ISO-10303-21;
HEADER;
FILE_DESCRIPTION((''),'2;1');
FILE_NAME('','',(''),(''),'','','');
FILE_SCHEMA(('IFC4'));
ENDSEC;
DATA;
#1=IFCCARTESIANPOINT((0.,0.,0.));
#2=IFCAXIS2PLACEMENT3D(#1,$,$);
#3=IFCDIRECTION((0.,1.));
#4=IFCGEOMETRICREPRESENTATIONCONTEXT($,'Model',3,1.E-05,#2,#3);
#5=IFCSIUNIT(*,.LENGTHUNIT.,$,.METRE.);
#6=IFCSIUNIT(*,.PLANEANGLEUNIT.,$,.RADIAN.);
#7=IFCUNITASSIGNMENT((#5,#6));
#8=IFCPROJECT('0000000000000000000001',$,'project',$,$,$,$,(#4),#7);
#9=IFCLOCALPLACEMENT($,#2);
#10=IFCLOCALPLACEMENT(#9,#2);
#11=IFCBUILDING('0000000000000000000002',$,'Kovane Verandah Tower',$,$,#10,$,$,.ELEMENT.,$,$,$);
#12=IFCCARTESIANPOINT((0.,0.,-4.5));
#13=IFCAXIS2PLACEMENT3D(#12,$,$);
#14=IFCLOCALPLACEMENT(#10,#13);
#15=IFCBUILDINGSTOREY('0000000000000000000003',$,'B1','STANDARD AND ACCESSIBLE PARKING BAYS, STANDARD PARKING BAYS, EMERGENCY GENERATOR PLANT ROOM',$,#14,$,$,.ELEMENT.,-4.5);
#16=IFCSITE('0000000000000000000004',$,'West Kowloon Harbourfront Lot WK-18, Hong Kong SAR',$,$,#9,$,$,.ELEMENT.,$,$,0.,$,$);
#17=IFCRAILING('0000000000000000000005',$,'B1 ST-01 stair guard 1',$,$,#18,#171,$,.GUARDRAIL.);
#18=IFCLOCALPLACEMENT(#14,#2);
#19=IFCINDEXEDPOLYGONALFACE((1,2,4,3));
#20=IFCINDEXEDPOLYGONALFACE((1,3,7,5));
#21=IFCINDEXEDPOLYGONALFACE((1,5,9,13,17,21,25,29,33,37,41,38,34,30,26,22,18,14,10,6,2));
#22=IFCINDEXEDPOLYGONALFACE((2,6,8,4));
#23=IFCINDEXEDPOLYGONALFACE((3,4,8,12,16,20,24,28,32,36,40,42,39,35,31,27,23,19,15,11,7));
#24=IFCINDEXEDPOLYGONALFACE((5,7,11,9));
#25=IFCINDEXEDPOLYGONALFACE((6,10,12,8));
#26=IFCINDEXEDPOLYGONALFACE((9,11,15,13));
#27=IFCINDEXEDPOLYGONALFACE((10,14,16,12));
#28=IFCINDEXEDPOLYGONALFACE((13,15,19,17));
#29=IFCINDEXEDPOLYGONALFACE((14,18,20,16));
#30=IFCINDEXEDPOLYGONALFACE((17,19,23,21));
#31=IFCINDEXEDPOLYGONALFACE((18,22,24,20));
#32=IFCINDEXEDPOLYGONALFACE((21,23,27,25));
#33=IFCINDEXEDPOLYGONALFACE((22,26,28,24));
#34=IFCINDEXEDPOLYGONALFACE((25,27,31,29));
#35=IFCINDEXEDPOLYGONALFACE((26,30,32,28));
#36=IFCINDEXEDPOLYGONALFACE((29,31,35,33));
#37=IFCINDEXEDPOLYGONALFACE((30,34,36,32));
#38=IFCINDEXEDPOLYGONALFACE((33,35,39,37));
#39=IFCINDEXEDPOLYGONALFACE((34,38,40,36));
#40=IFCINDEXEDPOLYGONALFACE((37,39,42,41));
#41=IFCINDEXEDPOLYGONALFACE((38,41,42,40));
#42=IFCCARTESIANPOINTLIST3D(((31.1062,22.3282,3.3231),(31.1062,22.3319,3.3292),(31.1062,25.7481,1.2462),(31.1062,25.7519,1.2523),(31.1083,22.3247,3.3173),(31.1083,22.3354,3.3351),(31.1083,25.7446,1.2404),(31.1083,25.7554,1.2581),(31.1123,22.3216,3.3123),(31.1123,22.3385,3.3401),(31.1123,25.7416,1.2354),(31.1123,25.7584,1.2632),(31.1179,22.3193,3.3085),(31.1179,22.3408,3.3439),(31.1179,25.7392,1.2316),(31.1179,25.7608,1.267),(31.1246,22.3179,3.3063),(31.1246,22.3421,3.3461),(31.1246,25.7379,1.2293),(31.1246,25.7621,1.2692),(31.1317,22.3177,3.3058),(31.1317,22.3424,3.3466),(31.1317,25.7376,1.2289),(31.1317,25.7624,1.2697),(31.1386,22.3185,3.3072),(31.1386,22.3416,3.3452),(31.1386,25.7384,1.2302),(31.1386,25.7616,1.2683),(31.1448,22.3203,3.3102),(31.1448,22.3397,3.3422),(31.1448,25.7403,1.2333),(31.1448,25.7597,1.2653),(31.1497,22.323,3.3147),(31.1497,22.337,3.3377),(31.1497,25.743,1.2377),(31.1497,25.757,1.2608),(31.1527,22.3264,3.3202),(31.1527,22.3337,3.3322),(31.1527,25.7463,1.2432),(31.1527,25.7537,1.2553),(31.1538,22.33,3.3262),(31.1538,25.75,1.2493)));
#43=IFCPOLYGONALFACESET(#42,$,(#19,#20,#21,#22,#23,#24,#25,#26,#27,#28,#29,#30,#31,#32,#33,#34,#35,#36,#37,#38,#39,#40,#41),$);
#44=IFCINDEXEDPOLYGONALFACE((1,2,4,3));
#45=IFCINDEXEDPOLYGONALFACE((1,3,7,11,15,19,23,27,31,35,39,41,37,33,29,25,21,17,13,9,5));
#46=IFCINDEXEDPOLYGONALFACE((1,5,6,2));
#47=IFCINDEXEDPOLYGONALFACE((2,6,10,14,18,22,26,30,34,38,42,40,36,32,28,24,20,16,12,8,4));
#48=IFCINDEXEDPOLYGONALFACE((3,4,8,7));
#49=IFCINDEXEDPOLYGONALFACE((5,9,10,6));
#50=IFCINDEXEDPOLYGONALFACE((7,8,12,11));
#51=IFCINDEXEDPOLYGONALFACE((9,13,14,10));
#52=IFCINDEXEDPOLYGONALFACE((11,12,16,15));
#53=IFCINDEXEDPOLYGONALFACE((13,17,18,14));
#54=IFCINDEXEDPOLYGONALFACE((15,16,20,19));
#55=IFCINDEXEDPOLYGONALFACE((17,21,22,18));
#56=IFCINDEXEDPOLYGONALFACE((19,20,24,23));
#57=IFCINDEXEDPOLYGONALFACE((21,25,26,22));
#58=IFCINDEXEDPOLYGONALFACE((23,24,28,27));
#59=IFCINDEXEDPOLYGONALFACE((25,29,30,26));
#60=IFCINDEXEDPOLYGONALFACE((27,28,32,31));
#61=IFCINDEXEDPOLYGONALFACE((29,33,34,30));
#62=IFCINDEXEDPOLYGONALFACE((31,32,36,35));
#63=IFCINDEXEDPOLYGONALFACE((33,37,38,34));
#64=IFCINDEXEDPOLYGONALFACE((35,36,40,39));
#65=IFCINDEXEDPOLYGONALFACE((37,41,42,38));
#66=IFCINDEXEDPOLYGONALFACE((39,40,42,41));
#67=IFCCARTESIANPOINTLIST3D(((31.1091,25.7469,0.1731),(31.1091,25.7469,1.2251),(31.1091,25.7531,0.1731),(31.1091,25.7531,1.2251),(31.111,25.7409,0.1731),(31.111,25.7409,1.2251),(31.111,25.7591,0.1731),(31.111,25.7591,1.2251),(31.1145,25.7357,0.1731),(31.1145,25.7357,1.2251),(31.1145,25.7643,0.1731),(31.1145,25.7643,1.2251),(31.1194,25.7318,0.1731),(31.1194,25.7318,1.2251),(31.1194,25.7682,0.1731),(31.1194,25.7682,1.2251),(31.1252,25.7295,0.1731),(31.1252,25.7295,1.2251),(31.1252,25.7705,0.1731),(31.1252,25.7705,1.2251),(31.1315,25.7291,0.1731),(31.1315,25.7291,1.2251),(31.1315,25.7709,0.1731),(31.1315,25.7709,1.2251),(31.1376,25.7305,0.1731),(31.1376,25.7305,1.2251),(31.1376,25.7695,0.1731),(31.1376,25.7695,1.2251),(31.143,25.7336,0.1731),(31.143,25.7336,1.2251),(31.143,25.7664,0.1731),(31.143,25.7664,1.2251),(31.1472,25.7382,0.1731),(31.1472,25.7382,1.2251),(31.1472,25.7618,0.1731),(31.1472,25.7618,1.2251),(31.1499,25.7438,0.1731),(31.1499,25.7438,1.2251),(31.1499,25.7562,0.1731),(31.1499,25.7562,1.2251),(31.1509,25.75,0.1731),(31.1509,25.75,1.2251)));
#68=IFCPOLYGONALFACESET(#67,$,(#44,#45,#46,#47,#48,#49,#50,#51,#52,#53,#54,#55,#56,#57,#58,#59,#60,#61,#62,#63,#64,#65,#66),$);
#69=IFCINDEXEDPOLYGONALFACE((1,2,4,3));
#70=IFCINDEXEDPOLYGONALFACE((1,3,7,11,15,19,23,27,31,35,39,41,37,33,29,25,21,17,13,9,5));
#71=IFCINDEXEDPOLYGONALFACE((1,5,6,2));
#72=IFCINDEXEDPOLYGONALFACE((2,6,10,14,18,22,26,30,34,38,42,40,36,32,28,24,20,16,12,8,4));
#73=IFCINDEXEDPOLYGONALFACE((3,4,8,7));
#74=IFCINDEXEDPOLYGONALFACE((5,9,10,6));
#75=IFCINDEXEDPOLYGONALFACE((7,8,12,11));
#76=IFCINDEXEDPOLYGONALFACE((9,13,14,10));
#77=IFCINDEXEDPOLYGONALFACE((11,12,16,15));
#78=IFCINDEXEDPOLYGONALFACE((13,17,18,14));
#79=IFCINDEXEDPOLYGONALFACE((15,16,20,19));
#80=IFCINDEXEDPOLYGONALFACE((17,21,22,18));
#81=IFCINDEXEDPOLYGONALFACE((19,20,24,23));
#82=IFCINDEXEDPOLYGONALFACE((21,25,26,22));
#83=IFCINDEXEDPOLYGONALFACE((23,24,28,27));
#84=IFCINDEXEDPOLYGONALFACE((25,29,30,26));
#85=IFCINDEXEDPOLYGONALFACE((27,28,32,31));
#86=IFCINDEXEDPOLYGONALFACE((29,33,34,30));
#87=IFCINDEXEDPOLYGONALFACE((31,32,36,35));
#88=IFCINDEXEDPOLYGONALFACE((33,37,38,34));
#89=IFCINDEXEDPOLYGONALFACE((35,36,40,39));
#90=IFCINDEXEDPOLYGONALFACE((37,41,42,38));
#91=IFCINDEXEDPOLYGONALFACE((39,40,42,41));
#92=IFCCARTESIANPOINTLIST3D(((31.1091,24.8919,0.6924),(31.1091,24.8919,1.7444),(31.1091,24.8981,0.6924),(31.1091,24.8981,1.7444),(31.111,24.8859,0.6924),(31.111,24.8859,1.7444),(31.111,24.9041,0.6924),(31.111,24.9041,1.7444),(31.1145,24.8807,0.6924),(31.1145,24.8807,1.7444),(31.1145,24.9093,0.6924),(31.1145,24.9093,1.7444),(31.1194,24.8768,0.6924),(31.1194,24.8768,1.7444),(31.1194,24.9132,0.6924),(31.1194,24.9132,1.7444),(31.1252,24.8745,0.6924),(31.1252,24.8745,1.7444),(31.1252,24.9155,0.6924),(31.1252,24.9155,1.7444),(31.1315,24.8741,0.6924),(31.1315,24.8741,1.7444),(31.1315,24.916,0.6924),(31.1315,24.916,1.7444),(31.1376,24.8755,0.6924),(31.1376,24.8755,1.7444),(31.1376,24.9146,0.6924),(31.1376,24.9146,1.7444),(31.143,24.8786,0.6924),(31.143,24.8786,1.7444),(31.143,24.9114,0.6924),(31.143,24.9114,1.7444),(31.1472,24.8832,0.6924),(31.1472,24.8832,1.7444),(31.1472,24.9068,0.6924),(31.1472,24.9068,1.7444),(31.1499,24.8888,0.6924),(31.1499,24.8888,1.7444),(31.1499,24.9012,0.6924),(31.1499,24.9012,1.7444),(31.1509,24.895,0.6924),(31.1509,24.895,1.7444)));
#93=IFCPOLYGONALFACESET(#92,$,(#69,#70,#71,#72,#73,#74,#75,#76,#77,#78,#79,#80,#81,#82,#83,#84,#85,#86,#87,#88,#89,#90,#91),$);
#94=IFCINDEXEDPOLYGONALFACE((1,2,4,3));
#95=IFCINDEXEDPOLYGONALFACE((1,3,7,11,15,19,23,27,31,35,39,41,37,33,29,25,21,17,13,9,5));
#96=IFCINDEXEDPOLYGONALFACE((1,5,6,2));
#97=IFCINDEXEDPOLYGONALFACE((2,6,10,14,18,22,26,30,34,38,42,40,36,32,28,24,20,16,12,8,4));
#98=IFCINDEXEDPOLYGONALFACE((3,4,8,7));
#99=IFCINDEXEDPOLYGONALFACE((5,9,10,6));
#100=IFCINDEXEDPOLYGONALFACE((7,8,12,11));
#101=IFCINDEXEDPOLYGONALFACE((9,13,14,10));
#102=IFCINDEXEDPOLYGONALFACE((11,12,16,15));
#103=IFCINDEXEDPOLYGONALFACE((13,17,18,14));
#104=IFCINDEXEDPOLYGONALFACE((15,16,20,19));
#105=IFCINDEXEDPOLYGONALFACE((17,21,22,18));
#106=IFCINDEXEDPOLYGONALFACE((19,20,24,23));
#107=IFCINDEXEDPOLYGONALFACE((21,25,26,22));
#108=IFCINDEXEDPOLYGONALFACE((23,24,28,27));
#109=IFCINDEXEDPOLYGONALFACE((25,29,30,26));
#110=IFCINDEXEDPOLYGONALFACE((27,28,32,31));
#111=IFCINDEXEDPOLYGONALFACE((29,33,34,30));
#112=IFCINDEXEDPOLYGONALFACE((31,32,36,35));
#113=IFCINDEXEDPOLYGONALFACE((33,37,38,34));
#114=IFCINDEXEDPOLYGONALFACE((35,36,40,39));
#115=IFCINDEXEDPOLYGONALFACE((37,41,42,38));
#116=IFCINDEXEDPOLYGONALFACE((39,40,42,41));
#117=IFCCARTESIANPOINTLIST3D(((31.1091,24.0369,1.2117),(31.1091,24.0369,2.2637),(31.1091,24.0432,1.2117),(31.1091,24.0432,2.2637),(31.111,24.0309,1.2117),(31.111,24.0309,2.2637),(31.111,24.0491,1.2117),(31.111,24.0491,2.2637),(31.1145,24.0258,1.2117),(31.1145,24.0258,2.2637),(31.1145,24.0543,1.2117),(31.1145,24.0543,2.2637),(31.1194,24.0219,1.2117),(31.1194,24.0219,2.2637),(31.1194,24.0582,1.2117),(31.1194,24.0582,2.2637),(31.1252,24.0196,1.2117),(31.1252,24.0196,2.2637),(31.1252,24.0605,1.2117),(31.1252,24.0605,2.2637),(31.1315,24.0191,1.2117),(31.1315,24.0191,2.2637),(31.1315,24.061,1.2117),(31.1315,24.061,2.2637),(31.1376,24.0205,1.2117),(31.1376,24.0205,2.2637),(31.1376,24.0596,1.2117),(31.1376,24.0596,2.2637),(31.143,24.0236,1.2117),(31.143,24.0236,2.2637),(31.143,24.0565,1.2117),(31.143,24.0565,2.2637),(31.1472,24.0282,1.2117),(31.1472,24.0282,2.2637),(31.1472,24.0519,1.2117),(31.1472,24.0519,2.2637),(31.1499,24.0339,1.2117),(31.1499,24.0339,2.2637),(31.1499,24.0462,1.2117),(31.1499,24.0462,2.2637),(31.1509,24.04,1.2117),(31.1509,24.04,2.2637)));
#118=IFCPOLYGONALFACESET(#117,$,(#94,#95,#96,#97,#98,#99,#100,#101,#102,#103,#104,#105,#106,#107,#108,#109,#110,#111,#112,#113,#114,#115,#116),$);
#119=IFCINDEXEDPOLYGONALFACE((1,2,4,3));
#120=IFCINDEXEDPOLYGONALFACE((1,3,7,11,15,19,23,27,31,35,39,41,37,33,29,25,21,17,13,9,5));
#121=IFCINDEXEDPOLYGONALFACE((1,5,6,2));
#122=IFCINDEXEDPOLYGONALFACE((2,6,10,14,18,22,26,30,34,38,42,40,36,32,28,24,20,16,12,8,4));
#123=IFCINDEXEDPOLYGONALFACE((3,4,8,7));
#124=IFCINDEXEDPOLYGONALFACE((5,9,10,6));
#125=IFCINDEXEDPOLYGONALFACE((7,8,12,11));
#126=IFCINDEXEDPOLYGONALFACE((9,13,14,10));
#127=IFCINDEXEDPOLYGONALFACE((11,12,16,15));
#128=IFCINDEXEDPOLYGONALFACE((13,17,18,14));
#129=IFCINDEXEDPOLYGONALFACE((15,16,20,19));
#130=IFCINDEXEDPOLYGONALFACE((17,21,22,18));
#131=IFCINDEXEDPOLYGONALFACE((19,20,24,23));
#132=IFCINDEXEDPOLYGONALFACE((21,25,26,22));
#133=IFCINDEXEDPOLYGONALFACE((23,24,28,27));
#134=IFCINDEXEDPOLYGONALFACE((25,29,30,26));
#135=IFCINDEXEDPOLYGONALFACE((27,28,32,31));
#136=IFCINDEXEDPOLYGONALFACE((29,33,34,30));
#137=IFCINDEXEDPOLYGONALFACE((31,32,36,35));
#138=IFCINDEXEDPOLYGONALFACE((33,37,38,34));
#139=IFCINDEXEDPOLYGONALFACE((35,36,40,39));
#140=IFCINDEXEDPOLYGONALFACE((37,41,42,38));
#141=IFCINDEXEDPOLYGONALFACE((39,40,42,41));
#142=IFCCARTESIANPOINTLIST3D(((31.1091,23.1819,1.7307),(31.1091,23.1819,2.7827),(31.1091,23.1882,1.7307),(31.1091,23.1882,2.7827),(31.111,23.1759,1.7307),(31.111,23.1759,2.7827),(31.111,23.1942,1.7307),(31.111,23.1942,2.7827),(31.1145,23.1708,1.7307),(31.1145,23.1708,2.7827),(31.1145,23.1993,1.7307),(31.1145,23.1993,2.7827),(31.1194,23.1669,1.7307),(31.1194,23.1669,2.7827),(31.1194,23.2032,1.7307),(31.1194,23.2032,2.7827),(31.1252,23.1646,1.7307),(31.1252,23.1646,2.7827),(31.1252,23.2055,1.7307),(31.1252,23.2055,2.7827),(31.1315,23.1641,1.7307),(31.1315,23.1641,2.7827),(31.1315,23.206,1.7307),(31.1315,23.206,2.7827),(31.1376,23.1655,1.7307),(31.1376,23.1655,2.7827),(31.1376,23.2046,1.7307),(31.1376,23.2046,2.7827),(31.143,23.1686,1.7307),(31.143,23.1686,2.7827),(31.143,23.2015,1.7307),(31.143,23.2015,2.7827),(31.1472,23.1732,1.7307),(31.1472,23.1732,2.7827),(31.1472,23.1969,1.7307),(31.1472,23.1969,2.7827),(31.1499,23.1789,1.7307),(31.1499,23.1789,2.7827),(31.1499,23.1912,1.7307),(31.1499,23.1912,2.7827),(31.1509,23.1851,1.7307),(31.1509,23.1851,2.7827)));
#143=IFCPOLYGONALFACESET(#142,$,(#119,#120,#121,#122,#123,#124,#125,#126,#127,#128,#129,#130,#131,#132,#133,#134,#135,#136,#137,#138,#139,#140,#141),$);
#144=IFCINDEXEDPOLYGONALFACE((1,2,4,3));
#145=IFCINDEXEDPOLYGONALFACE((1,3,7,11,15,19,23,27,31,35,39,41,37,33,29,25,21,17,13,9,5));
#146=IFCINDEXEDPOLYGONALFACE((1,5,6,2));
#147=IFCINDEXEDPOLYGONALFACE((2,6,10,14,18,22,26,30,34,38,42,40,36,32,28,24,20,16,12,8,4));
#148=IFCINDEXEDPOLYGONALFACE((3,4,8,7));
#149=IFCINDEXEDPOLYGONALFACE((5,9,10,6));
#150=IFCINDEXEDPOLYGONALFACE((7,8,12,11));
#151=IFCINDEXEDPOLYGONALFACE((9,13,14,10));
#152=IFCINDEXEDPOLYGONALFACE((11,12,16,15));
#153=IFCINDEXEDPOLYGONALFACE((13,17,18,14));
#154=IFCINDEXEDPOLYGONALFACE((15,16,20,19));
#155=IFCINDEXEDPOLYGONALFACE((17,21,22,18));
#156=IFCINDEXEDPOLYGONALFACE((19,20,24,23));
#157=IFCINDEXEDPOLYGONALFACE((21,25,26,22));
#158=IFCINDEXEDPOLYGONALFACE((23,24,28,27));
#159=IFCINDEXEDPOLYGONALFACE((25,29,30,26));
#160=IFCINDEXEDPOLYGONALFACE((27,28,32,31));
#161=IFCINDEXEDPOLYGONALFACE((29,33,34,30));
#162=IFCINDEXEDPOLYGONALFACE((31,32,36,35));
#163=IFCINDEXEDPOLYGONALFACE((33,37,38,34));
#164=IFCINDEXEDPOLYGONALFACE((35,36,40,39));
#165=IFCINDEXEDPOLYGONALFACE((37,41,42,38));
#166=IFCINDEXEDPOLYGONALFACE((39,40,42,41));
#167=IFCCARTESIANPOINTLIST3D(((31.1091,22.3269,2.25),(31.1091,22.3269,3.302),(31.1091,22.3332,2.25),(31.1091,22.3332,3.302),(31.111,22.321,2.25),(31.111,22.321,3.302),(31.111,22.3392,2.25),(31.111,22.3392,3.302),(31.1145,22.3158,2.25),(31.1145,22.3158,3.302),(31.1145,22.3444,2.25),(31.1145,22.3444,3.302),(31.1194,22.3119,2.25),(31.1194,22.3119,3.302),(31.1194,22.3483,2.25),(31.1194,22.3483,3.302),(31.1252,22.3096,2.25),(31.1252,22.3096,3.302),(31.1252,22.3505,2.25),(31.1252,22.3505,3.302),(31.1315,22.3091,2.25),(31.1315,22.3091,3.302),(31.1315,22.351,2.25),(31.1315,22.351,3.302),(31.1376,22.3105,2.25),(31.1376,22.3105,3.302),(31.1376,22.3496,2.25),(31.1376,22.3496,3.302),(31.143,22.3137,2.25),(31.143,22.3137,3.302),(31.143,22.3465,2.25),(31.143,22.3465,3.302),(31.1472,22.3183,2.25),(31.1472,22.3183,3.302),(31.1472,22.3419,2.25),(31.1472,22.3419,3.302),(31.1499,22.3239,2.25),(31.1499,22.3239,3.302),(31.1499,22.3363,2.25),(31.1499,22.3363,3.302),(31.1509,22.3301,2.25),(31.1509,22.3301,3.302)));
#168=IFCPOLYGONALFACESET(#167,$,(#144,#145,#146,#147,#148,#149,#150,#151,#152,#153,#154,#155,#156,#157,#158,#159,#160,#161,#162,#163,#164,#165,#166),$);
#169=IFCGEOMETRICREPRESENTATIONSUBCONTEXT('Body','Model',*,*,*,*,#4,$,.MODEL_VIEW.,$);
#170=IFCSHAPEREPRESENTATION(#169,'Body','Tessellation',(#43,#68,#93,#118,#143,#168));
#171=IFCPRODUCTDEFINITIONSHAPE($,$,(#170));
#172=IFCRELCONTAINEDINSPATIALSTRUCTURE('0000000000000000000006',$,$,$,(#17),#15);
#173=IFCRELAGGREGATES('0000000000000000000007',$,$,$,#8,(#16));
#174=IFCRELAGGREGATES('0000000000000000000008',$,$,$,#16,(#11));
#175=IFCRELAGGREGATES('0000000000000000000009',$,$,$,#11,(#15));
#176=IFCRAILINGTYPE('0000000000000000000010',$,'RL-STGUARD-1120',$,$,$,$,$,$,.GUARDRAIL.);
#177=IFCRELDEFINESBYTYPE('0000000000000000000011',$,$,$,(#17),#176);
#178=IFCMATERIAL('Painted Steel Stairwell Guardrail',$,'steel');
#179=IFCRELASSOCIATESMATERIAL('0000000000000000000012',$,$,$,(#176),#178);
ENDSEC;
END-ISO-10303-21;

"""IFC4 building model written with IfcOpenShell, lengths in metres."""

from ifc_helpers import new_model, si_unit, direction, frame, origin, origin_2d, place, context, subcontext, project, spatial, circle, extrude, material, type_object, element, save


model = new_model("IFC4")

# Units and contexts
model_context = context("Model", 3, precision=1e-05, world=origin(), true_north=direction((0.0, 1.0)))
body_context = subcontext(model_context, "Body", "Model", "MODEL_VIEW")
ifc_project = project(units=[si_unit("LENGTHUNIT", "METRE"), si_unit("PLANEANGLEUNIT", "RADIAN")], contexts=[model_context])

# Site, building, storey
site_placement = place(None, origin())
site = spatial("IfcSite", under=ifc_project, at=site_placement, Name="West Kowloon Harbourfront Lot WK-18, Hong Kong SAR", CompositionType="ELEMENT", RefElevation=0.0)
building_placement = place(site_placement, origin())
building = spatial("IfcBuilding", under=site, at=building_placement, Name="Kovane Verandah Tower", CompositionType="ELEMENT")
storey_placement = place(building_placement, frame((0.0, 0.0, -4.5)))
storey = spatial("IfcBuildingStorey", under=building, at=storey_placement, Name="B1", Description="STANDARD AND ACCESSIBLE PARKING BAYS, STANDARD PARKING BAYS, EMERGENCY GENERATOR PLANT ROOM", CompositionType="ELEMENT", Elevation=-4.5)

# Railing
ifc_material_1 = material(Name="Painted Steel Stairwell Guardrail", Category="steel")
railing_type_1 = type_object("IfcRailingType", Name="RL-STGUARD-1120", PredefinedType="GUARDRAIL", material=ifc_material_1)
railing_1_placement = place(storey_placement, frame((31.1299, 25.75, 0.1731)))
element("IfcRailing", 1, at=railing_1_placement, inside=storey, type_object=railing_type_1, Name="B1 ST-01 stair guard 1", PredefinedType="GUARDRAIL", context=body_context, shape_type="SweptSolid", body=[
    extrude(circle(Radius=0.0239, at=origin_2d()), frame((0.0, 0.0, 1.0762), z_axis=(0.0, -0.85473, 0.519074), x_axis=(1.0, 0.0, 0.0)), (0.0, 0.0, 1.0), 4.0012),
    extrude(circle(Radius=0.021, at=origin_2d()), origin(), (0.0, 0.0, 1.0), 1.052),
    extrude(circle(Radius=0.021, at=origin_2d()), frame((0.0, -0.855, 0.5193)), (0.0, 0.0, 1.0), 1.052),
    extrude(circle(Radius=0.021, at=origin_2d()), frame((0.0, -1.71, 1.0386)), (0.0, 0.0, 1.0), 1.052),
    extrude(circle(Radius=0.021, at=origin_2d()), frame((0.0, -2.5649, 1.5576)), (0.0, 0.0, 1.0), 1.052),
    extrude(circle(Radius=0.021, at=origin_2d()), frame((0.0, -3.4199, 2.0769)), (0.0, 0.0, 1.0), 1.052),
])

save(model, "model.ifc")
